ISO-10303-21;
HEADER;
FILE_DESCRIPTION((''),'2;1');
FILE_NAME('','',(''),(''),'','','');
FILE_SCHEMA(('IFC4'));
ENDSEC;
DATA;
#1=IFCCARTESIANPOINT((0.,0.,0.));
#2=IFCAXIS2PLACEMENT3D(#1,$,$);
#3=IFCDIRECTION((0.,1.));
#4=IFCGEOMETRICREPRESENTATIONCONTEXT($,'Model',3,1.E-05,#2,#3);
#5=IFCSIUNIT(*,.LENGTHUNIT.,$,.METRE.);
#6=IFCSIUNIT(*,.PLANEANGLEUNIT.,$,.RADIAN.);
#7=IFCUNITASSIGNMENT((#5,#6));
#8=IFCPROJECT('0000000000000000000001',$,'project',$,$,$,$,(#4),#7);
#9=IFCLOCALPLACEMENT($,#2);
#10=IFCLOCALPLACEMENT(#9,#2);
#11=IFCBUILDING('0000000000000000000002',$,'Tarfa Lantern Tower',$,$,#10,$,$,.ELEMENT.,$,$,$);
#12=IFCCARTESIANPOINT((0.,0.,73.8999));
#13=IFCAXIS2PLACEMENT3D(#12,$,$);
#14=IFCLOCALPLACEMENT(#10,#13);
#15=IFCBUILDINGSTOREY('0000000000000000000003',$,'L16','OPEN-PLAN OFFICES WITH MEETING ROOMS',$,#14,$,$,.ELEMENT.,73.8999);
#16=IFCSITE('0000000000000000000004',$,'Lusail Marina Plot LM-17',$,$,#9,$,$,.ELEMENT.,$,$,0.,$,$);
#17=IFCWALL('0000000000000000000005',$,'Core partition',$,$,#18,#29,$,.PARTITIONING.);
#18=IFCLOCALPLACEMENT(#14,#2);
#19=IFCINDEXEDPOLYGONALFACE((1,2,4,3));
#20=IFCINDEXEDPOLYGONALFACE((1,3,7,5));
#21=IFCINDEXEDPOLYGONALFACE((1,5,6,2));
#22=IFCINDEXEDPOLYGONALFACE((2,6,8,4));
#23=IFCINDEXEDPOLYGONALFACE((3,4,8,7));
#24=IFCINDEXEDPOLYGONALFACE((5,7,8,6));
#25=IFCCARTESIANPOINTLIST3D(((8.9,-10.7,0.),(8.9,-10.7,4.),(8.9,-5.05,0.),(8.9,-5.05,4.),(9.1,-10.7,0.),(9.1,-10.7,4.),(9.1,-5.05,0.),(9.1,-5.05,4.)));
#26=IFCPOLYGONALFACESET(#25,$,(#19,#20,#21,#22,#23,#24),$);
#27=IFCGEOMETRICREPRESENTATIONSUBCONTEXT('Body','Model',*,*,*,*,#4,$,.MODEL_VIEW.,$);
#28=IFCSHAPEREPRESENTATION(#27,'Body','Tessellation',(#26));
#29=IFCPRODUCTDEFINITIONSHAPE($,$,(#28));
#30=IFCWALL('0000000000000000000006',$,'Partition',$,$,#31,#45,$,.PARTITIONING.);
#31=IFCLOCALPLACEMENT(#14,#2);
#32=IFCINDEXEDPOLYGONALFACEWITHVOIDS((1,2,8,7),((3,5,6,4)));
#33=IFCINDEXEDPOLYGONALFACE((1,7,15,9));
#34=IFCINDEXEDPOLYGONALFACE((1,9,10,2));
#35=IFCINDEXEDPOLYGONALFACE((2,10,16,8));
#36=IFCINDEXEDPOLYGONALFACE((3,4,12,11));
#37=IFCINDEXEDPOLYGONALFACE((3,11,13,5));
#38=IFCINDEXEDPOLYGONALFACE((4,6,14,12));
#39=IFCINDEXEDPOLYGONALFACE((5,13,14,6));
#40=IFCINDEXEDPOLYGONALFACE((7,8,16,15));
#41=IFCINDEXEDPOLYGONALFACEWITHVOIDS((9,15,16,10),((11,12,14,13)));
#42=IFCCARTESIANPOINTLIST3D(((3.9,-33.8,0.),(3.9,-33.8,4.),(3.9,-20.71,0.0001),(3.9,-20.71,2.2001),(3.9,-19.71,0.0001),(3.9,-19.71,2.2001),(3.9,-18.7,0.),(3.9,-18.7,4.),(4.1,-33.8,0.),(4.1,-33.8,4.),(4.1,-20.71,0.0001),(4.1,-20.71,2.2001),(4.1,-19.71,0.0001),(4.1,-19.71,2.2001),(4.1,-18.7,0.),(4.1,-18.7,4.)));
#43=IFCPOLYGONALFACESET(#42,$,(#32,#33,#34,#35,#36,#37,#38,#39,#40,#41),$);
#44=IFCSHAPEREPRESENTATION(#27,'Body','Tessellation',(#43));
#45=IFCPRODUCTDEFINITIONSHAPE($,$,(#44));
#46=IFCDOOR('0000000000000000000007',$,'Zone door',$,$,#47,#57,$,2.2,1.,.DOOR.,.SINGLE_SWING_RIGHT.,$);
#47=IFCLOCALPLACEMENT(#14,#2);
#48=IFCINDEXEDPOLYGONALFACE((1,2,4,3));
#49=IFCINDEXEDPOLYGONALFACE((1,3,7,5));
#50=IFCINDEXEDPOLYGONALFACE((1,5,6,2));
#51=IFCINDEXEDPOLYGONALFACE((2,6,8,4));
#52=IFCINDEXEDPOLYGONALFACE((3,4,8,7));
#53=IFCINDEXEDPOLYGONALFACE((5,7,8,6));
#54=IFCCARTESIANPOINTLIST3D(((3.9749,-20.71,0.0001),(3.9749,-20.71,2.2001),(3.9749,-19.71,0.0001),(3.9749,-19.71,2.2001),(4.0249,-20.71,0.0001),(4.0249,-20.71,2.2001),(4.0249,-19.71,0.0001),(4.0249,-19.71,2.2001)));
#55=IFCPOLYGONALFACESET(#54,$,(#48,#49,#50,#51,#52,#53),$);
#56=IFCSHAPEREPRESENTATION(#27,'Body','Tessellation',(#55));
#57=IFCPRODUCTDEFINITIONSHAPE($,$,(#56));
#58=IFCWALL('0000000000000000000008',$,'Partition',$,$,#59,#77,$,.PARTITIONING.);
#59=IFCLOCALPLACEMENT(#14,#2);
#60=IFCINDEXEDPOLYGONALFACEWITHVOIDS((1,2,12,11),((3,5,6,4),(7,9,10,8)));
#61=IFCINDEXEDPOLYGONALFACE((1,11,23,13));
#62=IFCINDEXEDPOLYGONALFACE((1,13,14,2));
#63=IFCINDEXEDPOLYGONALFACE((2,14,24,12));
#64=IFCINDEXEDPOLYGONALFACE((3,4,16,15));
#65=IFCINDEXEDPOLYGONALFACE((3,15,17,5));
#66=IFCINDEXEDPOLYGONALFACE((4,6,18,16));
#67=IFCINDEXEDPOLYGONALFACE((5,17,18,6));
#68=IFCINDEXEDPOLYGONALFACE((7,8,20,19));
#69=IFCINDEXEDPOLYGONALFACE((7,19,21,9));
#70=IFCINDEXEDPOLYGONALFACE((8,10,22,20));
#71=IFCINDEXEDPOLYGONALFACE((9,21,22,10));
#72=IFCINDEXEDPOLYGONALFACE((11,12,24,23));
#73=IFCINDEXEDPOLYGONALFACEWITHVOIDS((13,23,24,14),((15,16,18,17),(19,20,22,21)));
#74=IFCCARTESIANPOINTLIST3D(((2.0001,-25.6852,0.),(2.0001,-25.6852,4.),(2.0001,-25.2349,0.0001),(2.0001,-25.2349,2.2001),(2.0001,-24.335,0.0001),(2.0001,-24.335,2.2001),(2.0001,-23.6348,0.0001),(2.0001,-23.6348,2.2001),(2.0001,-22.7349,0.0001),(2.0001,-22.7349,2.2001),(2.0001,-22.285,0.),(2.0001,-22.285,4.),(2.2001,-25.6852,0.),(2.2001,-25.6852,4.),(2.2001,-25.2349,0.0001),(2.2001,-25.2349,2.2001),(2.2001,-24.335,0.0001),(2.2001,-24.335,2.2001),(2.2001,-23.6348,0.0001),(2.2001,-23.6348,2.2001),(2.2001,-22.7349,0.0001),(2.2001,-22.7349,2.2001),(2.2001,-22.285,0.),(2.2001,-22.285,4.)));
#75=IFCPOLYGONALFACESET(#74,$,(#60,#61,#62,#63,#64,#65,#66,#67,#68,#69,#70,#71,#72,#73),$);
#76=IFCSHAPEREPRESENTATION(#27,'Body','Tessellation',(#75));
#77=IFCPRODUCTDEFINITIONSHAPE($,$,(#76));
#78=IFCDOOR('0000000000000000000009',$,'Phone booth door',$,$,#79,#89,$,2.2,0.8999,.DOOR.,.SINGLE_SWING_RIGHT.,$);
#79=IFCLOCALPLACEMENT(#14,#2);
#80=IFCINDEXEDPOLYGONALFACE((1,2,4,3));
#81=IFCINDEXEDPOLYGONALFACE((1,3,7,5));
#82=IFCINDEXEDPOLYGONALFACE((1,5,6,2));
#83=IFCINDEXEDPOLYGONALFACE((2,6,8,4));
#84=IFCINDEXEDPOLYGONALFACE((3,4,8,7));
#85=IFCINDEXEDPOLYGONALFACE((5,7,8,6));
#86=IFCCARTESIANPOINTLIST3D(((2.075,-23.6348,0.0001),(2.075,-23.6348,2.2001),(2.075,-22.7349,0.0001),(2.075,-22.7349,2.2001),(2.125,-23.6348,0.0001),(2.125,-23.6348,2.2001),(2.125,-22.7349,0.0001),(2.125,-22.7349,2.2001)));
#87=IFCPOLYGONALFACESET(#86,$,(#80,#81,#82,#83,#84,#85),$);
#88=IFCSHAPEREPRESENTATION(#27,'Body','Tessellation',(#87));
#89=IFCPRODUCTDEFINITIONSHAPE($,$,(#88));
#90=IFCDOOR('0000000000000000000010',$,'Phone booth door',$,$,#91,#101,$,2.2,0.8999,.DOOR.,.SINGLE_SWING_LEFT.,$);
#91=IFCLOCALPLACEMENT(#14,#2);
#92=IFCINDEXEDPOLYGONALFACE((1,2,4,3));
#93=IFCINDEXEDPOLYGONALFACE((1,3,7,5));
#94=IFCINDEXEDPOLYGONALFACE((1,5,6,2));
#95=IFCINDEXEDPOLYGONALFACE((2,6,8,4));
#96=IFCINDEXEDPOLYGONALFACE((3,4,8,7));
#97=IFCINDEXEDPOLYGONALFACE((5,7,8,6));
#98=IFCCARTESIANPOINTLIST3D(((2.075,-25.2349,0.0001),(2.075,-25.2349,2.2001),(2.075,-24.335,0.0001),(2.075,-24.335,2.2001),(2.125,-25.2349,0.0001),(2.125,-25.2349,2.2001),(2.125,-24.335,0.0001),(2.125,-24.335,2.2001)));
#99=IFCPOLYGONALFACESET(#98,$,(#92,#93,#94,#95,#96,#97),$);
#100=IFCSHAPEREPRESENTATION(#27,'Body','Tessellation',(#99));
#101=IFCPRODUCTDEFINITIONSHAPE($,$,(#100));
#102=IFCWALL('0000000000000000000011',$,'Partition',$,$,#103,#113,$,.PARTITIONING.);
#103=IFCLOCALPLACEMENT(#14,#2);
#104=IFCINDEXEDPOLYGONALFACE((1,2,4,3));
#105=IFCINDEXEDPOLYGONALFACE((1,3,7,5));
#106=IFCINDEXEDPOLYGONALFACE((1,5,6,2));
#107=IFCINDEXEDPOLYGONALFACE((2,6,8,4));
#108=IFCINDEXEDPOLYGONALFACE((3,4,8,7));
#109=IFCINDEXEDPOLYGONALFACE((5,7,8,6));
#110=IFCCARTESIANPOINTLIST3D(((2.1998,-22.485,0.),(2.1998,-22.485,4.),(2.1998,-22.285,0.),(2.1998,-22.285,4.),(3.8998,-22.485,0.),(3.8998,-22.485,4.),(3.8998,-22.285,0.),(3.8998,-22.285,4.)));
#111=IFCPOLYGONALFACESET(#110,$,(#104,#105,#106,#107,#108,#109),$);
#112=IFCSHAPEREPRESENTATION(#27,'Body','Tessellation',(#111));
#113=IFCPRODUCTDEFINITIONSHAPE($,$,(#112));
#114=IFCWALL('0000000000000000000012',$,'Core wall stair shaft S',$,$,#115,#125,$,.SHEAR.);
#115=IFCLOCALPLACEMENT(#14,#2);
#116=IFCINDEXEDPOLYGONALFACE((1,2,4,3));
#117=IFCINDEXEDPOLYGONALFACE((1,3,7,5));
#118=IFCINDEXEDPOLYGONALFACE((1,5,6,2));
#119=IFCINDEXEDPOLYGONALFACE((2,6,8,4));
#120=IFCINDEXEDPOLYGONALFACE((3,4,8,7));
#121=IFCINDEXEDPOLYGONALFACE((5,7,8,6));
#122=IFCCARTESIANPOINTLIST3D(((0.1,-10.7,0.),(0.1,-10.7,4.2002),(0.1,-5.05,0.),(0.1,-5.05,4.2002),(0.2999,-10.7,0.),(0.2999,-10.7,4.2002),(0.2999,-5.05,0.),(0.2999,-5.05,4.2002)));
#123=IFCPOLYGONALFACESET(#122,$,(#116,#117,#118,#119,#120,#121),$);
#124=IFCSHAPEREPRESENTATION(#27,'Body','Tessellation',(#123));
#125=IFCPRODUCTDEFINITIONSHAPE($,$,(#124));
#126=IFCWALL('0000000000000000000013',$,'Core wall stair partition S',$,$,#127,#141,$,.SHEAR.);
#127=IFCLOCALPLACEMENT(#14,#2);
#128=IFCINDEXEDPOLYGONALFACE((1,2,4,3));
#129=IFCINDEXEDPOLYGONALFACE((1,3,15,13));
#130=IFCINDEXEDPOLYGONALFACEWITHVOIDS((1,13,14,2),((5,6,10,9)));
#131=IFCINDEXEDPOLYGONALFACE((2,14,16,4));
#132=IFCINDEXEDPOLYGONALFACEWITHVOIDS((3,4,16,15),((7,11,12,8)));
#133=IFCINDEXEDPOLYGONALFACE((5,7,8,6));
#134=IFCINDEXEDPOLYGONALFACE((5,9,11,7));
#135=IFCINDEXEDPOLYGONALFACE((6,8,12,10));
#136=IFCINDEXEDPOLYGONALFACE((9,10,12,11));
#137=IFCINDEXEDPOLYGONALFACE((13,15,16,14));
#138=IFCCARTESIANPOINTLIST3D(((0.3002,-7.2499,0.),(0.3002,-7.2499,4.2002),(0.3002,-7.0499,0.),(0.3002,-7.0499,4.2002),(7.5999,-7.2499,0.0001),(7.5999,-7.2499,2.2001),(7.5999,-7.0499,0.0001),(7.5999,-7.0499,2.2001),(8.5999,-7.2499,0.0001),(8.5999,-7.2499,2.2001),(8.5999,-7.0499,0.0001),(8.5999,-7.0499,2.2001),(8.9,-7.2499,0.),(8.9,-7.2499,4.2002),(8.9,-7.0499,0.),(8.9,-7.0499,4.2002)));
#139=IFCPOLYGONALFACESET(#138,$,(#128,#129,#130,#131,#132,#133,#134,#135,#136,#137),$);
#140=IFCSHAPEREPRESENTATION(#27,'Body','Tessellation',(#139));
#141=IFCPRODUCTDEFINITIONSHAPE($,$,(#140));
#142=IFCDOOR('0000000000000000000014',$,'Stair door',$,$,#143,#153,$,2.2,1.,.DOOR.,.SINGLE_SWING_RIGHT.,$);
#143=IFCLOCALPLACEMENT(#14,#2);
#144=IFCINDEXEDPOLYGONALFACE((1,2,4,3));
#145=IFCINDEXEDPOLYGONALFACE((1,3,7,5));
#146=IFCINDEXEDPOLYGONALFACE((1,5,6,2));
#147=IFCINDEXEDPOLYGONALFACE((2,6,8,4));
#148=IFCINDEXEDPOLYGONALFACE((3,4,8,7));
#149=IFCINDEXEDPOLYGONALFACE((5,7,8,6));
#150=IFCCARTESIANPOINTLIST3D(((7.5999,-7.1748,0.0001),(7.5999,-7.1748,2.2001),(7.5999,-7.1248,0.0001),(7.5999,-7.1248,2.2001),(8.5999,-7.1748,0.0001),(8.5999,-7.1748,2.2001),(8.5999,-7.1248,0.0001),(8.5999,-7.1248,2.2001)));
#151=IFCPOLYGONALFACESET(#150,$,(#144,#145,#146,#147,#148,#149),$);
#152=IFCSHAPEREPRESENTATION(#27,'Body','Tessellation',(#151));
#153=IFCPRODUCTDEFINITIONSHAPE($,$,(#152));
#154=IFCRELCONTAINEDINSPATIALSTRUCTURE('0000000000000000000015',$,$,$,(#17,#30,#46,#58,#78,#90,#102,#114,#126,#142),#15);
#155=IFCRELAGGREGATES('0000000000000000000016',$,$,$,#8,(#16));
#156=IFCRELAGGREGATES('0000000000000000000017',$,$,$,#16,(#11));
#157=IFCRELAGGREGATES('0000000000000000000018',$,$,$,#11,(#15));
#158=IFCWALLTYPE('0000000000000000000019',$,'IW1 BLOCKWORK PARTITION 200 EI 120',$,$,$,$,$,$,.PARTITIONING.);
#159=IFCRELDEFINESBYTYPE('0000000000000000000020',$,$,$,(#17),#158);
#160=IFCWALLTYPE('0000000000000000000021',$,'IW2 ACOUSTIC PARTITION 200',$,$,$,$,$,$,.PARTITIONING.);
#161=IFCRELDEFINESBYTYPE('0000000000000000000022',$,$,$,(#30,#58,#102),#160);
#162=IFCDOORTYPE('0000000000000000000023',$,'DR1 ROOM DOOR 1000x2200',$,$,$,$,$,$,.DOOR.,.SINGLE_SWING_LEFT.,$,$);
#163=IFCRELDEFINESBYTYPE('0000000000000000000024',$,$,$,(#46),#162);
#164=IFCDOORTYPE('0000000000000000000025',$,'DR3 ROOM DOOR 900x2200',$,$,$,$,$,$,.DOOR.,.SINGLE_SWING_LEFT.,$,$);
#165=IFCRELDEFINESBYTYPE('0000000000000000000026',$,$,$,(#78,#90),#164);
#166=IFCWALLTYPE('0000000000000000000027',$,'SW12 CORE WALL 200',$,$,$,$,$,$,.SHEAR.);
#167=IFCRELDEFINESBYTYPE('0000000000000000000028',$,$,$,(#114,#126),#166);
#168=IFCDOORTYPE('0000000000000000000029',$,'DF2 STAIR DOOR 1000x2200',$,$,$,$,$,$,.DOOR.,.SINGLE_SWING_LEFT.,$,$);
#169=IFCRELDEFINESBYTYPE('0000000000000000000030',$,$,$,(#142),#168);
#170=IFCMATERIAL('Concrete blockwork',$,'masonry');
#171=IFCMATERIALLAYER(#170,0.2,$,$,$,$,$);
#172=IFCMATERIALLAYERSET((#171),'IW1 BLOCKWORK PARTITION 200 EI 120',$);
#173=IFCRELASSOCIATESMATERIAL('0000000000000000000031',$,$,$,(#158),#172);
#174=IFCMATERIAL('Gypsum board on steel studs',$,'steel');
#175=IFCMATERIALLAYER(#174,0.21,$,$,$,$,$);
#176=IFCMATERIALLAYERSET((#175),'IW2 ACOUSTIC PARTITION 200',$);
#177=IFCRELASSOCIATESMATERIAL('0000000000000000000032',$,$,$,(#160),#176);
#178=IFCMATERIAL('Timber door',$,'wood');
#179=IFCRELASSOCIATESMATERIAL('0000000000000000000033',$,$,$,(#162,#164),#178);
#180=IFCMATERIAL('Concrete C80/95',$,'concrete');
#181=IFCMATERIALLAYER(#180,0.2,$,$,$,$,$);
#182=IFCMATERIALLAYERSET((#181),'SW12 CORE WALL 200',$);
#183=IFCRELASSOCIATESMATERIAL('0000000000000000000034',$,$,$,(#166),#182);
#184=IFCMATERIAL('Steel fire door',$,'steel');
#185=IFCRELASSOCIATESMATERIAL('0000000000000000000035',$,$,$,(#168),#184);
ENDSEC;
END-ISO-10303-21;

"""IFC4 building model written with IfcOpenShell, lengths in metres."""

from ifc_helpers import new_model, si_unit, direction, frame, frame_2d, origin, place, context, subcontext, project, spatial, rectangle, extrude, material, layer, layer_set, type_object, element, fill, save


model = new_model("IFC4")

# Units and contexts
model_context = context("Model", 3, precision=1e-05, world=origin(), true_north=direction((0.0, 1.0)))
body_context = subcontext(model_context, "Body", "Model", "MODEL_VIEW")
ifc_project = project(units=[si_unit("LENGTHUNIT", "METRE"), si_unit("PLANEANGLEUNIT", "RADIAN")], contexts=[model_context])

# Site, building, storey
site_placement = place(None, origin())
site = spatial("IfcSite", under=ifc_project, at=site_placement, Name="Lusail Marina Plot LM-17", CompositionType="ELEMENT", RefElevation=0.0)
building_placement = place(site_placement, origin())
building = spatial("IfcBuilding", under=site, at=building_placement, Name="Tarfa Lantern Tower", CompositionType="ELEMENT")
storey_placement = place(building_placement, frame((0.0, 0.0, 73.8999)))
storey = spatial("IfcBuildingStorey", under=building, at=storey_placement, Name="L16", Description="OPEN-PLAN OFFICES WITH MEETING ROOMS", CompositionType="ELEMENT", Elevation=73.8999)

# Wall
ifc_material_1 = material(Name="Concrete blockwork", Category="masonry")
ifc_layer_1 = layer(ifc_material_1, 0.2)
ifc_layer_set_1 = layer_set([ifc_layer_1], Name="IW1 BLOCKWORK PARTITION 200 EI 120")
wall_type_1 = type_object("IfcWallType", Name="IW1 BLOCKWORK PARTITION 200 EI 120", PredefinedType="PARTITIONING", material=ifc_layer_set_1)
wall_1_placement = place(storey_placement, frame((9.0, -5.05, 0.0), z_axis=(0.0, 0.0, 1.0), x_axis=(0.0, -1.0, 0.0)))
element("IfcWall", 1, at=wall_1_placement, inside=storey, type_object=wall_type_1, Name="Core partition", PredefinedType="PARTITIONING", context=body_context, shape_type="SweptSolid", body=[
    extrude(rectangle(XDim=5.6499, YDim=0.2, at=frame_2d((2.825, 0.0))), origin(), (0.0, 0.0, 1.0), 4.0),
])

# Wall, opening, door
ifc_material_2 = material(Name="Gypsum board on steel studs", Category="steel")
ifc_layer_2 = layer(ifc_material_2, 0.21)
ifc_layer_set_2 = layer_set([ifc_layer_2], Name="IW2 ACOUSTIC PARTITION 200")
wall_type_2 = type_object("IfcWallType", Name="IW2 ACOUSTIC PARTITION 200", PredefinedType="PARTITIONING", material=ifc_layer_set_2)
wall_2_placement = place(storey_placement, frame((4.0, -18.7, 0.0), z_axis=(0.0, 0.0, 1.0), x_axis=(0.0, -1.0, 0.0)))
wall_2 = element("IfcWall", 2, at=wall_2_placement, inside=storey, type_object=wall_type_2, Name="Partition", PredefinedType="PARTITIONING", context=body_context, shape_type="SweptSolid", body=[
    extrude(rectangle(XDim=15.1001, YDim=0.2, at=frame_2d((7.55, 0.0))), origin(), (0.0, 0.0, 1.0), 4.0),
])
opening_1_placement = place(wall_2_placement, frame((1.01, 0.0, 0.0)))
opening_1 = element("IfcOpeningElement", 3, at=opening_1_placement, cuts=wall_2, PredefinedType="OPENING", context=body_context, shape_type="SweptSolid", body=[
    extrude(rectangle(XDim=1.0, YDim=2.2, at=frame_2d((0.5, 1.1001))), frame((0.0, 0.1099, 0.0), z_axis=(0.0, -1.0, 0.0), x_axis=(1.0, 0.0, 0.0)), (0.0, 0.0, 1.0), 0.22),
])
ifc_material_3 = material(Name="Timber door", Category="wood")
door_type_1 = type_object("IfcDoorType", Name="DR1 ROOM DOOR 1000x2200", OperationType="SINGLE_SWING_LEFT", PredefinedType="DOOR", material=ifc_material_3)
door_1_placement = place(opening_1_placement, origin())
door_1 = element("IfcDoor", 4, at=door_1_placement, inside=storey, type_object=door_type_1, Name="Zone door", OperationType="SINGLE_SWING_RIGHT", OverallHeight=2.2, OverallWidth=1.0, PredefinedType="DOOR", context=body_context, shape_type="SweptSolid", body=[
    extrude(rectangle(XDim=1.0, YDim=2.2, at=frame_2d((0.5, 1.1001))), frame((0.0, 0.0249, 0.0), z_axis=(0.0, -1.0, 0.0), x_axis=(1.0, 0.0, 0.0)), (0.0, 0.0, 1.0), 0.05),
])
fill(opening_1, door_1)

# Wall, openings, doors
wall_3_placement = place(storey_placement, frame((2.1001, -22.2849, 0.0), z_axis=(0.0, 0.0, 1.0), x_axis=(0.0, -1.0, 0.0)))
wall_3 = element("IfcWall", 5, at=wall_3_placement, inside=storey, type_object=wall_type_2, Name="Partition", PredefinedType="PARTITIONING", context=body_context, shape_type="SweptSolid", body=[
    extrude(rectangle(XDim=3.4001, YDim=0.2, at=frame_2d((1.7002, 0.0))), origin(), (0.0, 0.0, 1.0), 4.0),
])
opening_2_placement = place(wall_3_placement, frame((0.45, 0.0, 0.0)))
opening_2 = element("IfcOpeningElement", 6, at=opening_2_placement, cuts=wall_3, PredefinedType="OPENING", context=body_context, shape_type="SweptSolid", body=[
    extrude(rectangle(XDim=0.8999, YDim=2.2, at=frame_2d((0.45, 1.1001))), frame((0.0, 0.1099, 0.0), z_axis=(0.0, -1.0, 0.0), x_axis=(1.0, 0.0, 0.0)), (0.0, 0.0, 1.0), 0.22),
])
opening_3_placement = place(wall_3_placement, frame((2.05, 0.0, 0.0)))
opening_3 = element("IfcOpeningElement", 7, at=opening_3_placement, cuts=wall_3, PredefinedType="OPENING", context=body_context, shape_type="SweptSolid", body=[
    extrude(rectangle(XDim=0.8999, YDim=2.2, at=frame_2d((0.45, 1.1001))), frame((0.0, 0.1099, 0.0), z_axis=(0.0, -1.0, 0.0), x_axis=(1.0, 0.0, 0.0)), (0.0, 0.0, 1.0), 0.22),
])
door_type_2 = type_object("IfcDoorType", Name="DR3 ROOM DOOR 900x2200", OperationType="SINGLE_SWING_LEFT", PredefinedType="DOOR", material=ifc_material_3)
door_2_placement = place(opening_2_placement, origin())
door_2 = element("IfcDoor", 8, at=door_2_placement, inside=storey, type_object=door_type_2, Name="Phone booth door", OperationType="SINGLE_SWING_RIGHT", OverallHeight=2.2, OverallWidth=0.8999, PredefinedType="DOOR", context=body_context, shape_type="SweptSolid", body=[
    extrude(rectangle(XDim=0.8999, YDim=2.2, at=frame_2d((0.45, 1.1001))), frame((0.0, 0.0249, 0.0), z_axis=(0.0, -1.0, 0.0), x_axis=(1.0, 0.0, 0.0)), (0.0, 0.0, 1.0), 0.05),
])
fill(opening_2, door_2)
door_3_placement = place(opening_3_placement, origin())
door_3 = element("IfcDoor", 9, at=door_3_placement, inside=storey, type_object=door_type_2, Name="Phone booth door", OperationType="SINGLE_SWING_LEFT", OverallHeight=2.2, OverallWidth=0.8999, PredefinedType="DOOR", context=body_context, shape_type="SweptSolid", body=[
    extrude(rectangle(XDim=0.8999, YDim=2.2, at=frame_2d((0.45, 1.1001))), frame((0.0, 0.0249, 0.0), z_axis=(0.0, -1.0, 0.0), x_axis=(1.0, 0.0, 0.0)), (0.0, 0.0, 1.0), 0.05),
])
fill(opening_3, door_3)

# Walls
wall_4_placement = place(storey_placement, frame((3.8999, -22.385, 0.0), z_axis=(0.0, 0.0, 1.0), x_axis=(-1.0, 0.0, 0.0)))
element("IfcWall", 10, at=wall_4_placement, inside=storey, type_object=wall_type_2, Name="Partition", PredefinedType="PARTITIONING", context=body_context, shape_type="SweptSolid", body=[
    extrude(rectangle(XDim=1.7, YDim=0.2, at=frame_2d((0.8501, 0.0))), origin(), (0.0, 0.0, 1.0), 4.0),
])
ifc_material_4 = material(Name="Concrete C80/95", Category="concrete")
ifc_layer_3 = layer(ifc_material_4, 0.2)
ifc_layer_set_3 = layer_set([ifc_layer_3], Name="SW12 CORE WALL 200")
wall_type_3 = type_object("IfcWallType", Name="SW12 CORE WALL 200", PredefinedType="SHEAR", material=ifc_layer_set_3)
wall_5_placement = place(storey_placement, frame((0.2, -5.05, 0.0), z_axis=(0.0, 0.0, 1.0), x_axis=(0.0, -1.0, 0.0)))
element("IfcWall", 11, at=wall_5_placement, inside=storey, type_object=wall_type_3, Name="Core wall stair shaft S", PredefinedType="SHEAR", context=body_context, shape_type="SweptSolid", body=[
    extrude(rectangle(XDim=5.6499, YDim=0.2, at=frame_2d((2.825, 0.0))), origin(), (0.0, 0.0, 1.0), 4.2002),
])

# Wall, opening, door
wall_6_placement = place(storey_placement, frame((8.8999, -7.1499, 0.0), z_axis=(0.0, 0.0, 1.0), x_axis=(-1.0, 0.0, 0.0)))
wall_6 = element("IfcWall", 12, at=wall_6_placement, inside=storey, type_object=wall_type_3, Name="Core wall stair partition S", PredefinedType="SHEAR", context=body_context, shape_type="SweptSolid", body=[
    extrude(rectangle(XDim=8.5999, YDim=0.2, at=frame_2d((4.2998, 0.0))), origin(), (0.0, 0.0, 1.0), 4.2002),
])
opening_4_placement = place(wall_6_placement, frame((0.3, 0.0, 0.0)))
opening_4 = element("IfcOpeningElement", 13, at=opening_4_placement, cuts=wall_6, PredefinedType="OPENING", context=body_context, shape_type="SweptSolid", body=[
    extrude(rectangle(XDim=1.0, YDim=2.2, at=frame_2d((0.5, 1.1001))), frame((0.0, 0.1099, 0.0), z_axis=(0.0, -1.0, 0.0), x_axis=(1.0, 0.0, 0.0)), (0.0, 0.0, 1.0), 0.22),
])
ifc_material_5 = material(Name="Steel fire door", Category="steel")
door_type_3 = type_object("IfcDoorType", Name="DF2 STAIR DOOR 1000x2200", OperationType="SINGLE_SWING_LEFT", PredefinedType="DOOR", material=ifc_material_5)
door_4_placement = place(opening_4_placement, origin())
door_4 = element("IfcDoor", 14, at=door_4_placement, inside=storey, type_object=door_type_3, Name="Stair door", OperationType="SINGLE_SWING_RIGHT", OverallHeight=2.2, OverallWidth=1.0, PredefinedType="DOOR", context=body_context, shape_type="SweptSolid", body=[
    extrude(rectangle(XDim=1.0, YDim=2.2, at=frame_2d((0.5, 1.1001))), frame((0.0, 0.0249, 0.0), z_axis=(0.0, -1.0, 0.0), x_axis=(1.0, 0.0, 0.0)), (0.0, 0.0, 1.0), 0.05),
])
fill(opening_4, door_4)

save(model, "model.ifc")
